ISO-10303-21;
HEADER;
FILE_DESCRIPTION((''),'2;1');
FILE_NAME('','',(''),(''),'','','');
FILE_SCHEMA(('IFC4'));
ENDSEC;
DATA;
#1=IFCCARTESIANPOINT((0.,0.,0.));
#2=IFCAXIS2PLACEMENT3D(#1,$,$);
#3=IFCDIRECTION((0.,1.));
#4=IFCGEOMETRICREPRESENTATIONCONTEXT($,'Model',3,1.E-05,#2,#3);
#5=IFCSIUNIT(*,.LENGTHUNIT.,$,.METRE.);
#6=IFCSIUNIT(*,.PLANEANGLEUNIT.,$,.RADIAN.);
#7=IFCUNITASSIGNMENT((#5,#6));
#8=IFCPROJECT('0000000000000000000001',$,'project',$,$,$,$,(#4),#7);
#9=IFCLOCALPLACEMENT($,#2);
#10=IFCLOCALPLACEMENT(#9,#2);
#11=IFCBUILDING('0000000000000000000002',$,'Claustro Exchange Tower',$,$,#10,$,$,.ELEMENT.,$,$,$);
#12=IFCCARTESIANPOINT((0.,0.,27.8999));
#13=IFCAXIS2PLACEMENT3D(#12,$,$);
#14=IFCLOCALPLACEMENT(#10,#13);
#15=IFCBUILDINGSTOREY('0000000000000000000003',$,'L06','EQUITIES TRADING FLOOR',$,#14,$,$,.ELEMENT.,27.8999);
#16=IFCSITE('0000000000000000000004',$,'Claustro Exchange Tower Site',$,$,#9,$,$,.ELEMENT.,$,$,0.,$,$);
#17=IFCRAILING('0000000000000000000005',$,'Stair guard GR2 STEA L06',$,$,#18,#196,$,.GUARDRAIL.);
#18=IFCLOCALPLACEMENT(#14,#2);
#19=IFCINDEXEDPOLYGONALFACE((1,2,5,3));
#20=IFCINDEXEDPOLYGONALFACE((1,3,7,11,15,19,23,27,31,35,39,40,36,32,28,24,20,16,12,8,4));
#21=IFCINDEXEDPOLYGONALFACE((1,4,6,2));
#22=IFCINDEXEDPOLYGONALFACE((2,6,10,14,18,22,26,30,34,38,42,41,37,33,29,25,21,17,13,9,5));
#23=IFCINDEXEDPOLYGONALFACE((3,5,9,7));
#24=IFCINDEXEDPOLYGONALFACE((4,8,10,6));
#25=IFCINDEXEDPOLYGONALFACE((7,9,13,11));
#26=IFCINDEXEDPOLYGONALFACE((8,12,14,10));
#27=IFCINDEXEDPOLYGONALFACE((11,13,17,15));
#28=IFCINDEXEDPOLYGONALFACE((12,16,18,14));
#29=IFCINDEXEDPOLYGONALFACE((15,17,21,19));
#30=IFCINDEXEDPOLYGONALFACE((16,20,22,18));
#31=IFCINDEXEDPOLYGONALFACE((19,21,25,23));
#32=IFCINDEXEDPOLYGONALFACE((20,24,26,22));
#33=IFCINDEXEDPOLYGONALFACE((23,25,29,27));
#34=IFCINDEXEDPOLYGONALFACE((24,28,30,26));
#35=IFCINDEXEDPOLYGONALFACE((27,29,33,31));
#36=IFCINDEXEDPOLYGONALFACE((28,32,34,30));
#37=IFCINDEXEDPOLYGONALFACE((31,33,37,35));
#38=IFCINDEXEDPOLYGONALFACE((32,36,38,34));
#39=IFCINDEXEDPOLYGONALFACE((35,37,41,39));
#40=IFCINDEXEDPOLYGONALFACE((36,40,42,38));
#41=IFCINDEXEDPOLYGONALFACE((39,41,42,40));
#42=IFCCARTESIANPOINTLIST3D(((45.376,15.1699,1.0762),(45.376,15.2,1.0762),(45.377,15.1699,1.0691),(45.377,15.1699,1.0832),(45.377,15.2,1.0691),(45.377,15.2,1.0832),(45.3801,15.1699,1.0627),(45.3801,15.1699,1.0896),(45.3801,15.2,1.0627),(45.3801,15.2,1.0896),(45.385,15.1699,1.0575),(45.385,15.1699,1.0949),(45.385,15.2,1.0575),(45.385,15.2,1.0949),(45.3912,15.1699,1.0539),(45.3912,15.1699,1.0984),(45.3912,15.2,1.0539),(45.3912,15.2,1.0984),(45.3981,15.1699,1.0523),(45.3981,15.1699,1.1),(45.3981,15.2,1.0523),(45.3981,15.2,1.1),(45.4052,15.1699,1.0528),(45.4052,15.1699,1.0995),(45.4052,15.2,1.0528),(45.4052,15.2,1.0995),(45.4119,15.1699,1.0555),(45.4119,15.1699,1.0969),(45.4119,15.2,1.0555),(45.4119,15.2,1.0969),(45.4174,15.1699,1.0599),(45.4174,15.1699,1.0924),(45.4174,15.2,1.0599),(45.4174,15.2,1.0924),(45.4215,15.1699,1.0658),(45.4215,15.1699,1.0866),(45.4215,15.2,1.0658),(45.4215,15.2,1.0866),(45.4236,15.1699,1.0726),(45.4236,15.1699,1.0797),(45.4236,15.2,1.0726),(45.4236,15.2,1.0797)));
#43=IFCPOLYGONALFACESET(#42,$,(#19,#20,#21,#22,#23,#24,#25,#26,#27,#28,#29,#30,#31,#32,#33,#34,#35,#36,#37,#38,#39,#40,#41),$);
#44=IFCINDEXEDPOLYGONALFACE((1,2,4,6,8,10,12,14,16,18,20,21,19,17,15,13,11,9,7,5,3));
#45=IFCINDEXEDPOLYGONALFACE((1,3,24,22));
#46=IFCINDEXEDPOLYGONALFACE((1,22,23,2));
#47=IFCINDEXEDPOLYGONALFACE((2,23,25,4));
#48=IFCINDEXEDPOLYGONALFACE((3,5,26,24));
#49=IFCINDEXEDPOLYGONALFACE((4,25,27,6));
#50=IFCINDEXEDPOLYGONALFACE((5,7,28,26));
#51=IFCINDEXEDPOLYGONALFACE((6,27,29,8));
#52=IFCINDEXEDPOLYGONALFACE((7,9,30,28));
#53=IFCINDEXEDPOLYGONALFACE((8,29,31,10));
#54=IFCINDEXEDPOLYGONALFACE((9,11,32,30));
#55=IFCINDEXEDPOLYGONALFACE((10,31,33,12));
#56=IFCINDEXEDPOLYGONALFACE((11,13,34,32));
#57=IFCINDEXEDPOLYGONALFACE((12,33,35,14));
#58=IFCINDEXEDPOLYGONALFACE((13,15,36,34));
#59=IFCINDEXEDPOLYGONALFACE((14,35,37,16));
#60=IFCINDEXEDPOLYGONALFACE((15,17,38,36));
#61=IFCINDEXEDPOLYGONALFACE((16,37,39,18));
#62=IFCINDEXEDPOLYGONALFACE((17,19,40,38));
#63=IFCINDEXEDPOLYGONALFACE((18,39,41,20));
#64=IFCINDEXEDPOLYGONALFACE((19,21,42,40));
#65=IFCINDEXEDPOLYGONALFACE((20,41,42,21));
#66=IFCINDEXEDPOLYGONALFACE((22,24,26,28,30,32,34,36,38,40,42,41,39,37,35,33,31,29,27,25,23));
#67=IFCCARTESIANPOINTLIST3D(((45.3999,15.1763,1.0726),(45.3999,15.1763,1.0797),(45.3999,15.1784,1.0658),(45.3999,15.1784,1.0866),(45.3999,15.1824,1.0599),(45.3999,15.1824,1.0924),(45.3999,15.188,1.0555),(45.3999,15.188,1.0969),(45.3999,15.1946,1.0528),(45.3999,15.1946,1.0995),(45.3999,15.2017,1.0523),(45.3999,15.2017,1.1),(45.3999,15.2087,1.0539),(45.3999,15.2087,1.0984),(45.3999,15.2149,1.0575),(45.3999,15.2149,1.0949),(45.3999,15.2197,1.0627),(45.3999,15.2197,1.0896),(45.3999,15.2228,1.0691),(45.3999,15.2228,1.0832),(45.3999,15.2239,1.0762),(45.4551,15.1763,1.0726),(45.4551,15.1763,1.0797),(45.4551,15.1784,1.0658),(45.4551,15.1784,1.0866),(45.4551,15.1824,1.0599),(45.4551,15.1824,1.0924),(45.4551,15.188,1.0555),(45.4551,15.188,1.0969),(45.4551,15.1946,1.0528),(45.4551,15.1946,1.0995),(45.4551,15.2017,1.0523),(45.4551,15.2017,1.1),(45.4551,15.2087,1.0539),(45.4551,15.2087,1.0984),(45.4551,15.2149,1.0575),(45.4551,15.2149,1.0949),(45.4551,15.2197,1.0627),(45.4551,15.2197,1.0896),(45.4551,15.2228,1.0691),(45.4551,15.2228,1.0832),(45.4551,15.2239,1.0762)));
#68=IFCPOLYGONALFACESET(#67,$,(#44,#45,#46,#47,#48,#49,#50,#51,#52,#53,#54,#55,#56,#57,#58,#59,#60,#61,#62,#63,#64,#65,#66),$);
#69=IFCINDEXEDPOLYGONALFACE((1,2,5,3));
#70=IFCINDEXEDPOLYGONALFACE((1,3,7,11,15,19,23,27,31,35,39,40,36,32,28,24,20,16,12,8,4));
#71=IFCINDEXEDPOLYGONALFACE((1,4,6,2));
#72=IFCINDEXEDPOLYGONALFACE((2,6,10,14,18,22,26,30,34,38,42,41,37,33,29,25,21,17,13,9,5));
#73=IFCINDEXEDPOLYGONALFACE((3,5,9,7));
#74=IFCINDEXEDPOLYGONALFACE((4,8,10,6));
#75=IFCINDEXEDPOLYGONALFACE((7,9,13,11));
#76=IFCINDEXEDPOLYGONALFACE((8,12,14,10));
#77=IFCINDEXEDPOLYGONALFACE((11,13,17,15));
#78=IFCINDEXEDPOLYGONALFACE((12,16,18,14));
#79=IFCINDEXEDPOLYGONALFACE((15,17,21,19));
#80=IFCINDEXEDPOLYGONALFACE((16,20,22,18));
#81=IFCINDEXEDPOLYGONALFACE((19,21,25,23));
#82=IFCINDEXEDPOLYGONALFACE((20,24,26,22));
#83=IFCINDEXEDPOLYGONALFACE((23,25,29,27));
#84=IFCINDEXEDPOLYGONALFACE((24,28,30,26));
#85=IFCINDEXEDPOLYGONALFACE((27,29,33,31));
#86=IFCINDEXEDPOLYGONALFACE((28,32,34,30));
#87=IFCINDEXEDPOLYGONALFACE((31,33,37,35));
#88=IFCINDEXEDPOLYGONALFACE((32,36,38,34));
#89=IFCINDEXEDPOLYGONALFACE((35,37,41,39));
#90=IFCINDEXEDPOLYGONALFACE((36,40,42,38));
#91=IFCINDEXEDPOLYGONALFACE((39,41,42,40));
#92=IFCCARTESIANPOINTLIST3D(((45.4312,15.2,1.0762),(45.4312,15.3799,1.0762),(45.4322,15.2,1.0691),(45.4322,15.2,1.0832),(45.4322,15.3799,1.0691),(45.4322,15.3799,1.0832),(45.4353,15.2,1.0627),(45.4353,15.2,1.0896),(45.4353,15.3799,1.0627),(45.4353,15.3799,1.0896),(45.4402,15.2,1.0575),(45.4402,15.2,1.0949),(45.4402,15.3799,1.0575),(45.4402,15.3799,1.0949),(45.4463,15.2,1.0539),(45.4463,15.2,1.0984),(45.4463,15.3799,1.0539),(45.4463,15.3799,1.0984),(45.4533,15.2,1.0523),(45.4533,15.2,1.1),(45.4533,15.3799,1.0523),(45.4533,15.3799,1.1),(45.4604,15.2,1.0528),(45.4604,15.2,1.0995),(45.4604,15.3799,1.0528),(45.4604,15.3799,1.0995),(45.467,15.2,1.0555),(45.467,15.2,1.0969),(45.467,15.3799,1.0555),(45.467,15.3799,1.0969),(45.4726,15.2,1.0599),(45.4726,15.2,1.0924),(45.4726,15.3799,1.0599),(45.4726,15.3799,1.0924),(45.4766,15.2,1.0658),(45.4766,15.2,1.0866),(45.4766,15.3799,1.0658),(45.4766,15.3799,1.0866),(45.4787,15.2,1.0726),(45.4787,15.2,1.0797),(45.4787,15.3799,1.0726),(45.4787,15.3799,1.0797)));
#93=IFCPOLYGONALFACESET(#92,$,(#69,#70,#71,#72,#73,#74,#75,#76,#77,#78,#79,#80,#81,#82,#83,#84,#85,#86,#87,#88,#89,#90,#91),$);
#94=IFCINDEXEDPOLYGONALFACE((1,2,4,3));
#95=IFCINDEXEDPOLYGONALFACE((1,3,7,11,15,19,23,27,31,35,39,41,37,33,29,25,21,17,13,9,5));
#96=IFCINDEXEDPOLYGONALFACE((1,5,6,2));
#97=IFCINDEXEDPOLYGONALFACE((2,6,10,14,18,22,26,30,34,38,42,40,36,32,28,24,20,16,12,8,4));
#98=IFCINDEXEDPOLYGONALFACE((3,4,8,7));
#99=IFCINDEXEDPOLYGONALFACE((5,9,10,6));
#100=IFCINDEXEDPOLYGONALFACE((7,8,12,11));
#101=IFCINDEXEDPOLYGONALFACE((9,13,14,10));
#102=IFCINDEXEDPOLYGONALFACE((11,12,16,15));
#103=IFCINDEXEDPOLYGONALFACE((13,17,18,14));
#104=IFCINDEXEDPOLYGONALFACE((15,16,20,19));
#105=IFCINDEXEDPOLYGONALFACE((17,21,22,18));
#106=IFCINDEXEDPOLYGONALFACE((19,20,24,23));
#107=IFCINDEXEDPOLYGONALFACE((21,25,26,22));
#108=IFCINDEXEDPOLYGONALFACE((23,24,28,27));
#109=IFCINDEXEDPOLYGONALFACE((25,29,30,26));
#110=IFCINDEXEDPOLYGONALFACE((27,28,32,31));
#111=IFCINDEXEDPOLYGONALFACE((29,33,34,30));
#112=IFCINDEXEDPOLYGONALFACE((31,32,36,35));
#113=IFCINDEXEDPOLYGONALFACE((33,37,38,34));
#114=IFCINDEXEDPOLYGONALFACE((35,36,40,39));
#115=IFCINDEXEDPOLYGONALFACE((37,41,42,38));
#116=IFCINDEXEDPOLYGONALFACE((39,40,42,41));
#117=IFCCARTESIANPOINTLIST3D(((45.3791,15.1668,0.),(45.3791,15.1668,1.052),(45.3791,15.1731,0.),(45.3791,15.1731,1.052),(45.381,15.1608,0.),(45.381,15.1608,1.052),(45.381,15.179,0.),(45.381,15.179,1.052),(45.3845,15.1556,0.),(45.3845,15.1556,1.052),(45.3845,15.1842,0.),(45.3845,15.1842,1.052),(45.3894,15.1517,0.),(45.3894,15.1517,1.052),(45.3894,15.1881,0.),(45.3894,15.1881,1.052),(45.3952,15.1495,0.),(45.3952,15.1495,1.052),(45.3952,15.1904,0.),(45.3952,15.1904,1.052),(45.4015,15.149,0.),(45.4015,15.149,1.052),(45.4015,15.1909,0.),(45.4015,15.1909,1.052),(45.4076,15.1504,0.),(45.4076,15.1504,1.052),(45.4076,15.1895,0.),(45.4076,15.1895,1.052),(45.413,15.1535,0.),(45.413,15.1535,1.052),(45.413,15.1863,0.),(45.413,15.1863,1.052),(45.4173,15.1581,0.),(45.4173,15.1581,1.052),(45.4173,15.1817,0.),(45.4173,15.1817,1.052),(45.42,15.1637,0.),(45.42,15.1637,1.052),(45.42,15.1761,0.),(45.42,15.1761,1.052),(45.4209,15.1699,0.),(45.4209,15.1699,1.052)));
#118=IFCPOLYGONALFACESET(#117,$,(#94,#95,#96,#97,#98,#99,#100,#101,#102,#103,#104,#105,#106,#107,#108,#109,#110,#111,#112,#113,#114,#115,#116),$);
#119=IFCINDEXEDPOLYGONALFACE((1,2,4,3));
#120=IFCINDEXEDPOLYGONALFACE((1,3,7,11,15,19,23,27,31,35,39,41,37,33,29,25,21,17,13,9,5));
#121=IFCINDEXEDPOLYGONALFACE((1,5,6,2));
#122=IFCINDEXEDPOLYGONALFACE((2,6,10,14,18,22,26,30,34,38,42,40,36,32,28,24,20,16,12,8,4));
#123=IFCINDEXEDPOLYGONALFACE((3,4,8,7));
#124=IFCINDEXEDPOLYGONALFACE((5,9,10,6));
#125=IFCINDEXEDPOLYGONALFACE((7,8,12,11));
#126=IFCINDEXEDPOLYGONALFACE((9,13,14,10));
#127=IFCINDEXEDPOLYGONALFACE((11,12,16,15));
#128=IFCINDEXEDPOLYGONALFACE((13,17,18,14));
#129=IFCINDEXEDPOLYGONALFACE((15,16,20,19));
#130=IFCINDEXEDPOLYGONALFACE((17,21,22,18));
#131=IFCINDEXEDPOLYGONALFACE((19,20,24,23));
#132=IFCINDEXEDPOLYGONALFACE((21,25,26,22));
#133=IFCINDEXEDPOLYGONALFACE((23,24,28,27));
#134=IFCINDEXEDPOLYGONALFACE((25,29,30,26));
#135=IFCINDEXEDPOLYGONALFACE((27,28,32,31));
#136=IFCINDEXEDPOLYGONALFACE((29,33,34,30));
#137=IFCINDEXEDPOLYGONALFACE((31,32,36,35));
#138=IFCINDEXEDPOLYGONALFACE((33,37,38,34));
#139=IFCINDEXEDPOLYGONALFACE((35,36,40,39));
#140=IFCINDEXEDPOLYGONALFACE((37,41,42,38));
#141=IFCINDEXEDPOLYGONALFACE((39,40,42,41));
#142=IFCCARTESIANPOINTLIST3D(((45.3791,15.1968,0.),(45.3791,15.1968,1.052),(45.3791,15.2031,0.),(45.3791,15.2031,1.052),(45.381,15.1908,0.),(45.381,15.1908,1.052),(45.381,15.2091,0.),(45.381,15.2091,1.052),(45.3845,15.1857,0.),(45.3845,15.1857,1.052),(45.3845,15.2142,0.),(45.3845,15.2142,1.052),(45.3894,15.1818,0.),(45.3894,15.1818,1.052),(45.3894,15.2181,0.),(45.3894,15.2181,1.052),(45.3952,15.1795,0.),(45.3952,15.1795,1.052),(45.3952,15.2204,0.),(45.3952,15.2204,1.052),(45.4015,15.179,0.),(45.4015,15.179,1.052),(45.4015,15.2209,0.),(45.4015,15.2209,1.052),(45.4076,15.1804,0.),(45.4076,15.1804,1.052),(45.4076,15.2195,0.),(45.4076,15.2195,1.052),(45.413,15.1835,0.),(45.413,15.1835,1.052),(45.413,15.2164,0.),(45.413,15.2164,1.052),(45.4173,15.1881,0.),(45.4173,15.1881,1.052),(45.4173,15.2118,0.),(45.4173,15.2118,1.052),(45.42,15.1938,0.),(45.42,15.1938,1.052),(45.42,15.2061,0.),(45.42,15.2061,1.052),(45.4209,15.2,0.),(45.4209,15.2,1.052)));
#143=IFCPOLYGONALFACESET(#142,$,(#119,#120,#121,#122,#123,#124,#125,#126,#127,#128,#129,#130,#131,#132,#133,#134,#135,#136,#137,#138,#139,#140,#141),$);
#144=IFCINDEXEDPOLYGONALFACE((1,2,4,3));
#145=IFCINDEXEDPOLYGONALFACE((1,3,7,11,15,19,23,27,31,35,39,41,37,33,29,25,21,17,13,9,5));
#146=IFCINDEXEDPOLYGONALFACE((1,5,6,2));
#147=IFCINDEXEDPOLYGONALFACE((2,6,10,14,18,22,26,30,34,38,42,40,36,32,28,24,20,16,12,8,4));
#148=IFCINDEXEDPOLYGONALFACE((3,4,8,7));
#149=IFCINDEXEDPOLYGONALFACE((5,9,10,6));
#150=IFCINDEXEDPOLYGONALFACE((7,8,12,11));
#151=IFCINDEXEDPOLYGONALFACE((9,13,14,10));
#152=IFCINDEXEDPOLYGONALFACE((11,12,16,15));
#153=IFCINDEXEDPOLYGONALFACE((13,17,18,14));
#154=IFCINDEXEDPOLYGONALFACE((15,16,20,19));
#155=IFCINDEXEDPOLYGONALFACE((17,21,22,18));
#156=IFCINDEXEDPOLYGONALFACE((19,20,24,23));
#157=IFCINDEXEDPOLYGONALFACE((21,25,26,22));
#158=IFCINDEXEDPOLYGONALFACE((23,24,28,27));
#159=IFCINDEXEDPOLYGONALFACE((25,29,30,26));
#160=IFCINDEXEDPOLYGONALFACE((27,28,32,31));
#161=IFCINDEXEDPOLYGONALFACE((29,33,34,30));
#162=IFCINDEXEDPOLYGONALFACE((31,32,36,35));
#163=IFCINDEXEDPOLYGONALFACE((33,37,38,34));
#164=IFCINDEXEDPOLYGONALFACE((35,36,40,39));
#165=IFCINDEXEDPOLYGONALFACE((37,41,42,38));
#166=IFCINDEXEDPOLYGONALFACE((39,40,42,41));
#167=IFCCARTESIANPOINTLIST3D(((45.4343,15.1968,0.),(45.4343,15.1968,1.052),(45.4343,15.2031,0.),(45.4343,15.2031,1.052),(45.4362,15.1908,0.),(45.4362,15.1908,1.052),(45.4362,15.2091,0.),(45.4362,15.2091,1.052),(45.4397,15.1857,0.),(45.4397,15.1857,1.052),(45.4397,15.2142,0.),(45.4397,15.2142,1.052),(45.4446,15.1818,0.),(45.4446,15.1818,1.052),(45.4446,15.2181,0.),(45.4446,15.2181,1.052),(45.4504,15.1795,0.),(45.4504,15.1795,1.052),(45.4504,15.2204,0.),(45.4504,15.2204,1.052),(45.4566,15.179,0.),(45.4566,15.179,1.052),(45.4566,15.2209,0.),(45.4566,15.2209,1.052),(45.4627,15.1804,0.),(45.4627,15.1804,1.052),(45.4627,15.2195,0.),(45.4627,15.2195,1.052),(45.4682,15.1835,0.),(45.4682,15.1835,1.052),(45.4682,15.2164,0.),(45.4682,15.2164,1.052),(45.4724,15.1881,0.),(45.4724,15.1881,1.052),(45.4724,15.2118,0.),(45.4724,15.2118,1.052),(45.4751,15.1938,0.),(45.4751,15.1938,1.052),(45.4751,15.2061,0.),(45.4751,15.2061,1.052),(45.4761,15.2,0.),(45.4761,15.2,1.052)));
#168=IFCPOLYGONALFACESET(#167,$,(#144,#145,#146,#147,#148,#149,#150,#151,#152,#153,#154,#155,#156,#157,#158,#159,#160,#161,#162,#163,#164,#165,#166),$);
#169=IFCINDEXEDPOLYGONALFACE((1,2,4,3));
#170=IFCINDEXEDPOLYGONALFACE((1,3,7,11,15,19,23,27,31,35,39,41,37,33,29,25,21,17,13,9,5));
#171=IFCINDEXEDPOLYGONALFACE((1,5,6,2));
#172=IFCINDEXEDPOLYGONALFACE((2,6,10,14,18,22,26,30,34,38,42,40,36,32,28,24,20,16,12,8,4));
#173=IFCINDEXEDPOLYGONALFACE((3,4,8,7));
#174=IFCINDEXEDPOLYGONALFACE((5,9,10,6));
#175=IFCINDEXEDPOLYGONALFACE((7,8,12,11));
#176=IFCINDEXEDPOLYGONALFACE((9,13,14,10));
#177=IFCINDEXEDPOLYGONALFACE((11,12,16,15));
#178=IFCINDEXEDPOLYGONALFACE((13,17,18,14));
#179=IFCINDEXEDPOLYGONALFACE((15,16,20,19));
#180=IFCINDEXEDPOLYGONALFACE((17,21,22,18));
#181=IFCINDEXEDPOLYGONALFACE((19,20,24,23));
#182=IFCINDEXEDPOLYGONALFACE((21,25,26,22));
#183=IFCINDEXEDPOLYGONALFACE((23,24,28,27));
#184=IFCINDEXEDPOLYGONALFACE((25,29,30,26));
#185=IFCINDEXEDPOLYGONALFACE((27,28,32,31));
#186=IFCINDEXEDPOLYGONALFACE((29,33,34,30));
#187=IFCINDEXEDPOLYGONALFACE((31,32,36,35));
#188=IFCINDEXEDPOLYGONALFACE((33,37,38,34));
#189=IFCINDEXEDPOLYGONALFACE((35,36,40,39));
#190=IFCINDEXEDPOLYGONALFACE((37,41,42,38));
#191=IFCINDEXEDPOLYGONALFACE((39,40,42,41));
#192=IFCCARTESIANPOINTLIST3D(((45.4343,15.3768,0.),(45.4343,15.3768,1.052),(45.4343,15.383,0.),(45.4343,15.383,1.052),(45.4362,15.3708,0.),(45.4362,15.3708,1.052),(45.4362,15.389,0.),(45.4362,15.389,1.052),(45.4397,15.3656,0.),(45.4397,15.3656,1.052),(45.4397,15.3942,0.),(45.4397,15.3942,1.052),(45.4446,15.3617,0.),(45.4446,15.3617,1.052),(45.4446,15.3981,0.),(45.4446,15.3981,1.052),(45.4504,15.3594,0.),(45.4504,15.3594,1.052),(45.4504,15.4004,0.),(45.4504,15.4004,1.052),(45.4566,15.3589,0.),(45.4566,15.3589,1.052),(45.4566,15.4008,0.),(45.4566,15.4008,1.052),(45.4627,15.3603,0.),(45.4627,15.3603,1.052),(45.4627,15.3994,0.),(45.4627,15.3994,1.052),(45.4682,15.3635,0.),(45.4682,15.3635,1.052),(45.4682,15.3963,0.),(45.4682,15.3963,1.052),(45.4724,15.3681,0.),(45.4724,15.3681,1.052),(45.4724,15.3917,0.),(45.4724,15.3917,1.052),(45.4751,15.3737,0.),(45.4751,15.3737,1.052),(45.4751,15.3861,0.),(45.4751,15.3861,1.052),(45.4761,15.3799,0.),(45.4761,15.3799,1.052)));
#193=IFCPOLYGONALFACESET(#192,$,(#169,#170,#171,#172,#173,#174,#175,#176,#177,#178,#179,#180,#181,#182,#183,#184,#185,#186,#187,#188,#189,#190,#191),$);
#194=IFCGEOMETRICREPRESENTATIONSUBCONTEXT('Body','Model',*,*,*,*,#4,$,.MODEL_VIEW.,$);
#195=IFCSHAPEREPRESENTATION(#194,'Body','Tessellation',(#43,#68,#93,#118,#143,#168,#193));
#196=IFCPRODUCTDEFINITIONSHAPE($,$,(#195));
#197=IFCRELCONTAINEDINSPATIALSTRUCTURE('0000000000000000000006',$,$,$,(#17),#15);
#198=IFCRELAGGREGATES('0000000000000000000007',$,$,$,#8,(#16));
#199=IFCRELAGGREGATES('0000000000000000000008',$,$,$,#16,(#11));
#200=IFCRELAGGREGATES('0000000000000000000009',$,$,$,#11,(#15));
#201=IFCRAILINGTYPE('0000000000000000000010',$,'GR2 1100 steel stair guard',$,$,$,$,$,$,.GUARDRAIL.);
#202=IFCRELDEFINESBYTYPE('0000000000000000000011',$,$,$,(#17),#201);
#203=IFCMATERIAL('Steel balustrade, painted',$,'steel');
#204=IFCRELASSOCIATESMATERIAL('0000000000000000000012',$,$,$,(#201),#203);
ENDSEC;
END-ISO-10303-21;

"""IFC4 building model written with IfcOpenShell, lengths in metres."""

from ifc_helpers import new_model, si_unit, direction, frame, origin, origin_2d, place, context, subcontext, project, spatial, circle, extrude, material, type_object, element, save


model = new_model("IFC4")

# Units and contexts
model_context = context("Model", 3, precision=1e-05, world=origin(), true_north=direction((0.0, 1.0)))
body_context = subcontext(model_context, "Body", "Model", "MODEL_VIEW")
ifc_project = project(units=[si_unit("LENGTHUNIT", "METRE"), si_unit("PLANEANGLEUNIT", "RADIAN")], contexts=[model_context])

# Site, building, storey
site_placement = place(None, origin())
site = spatial("IfcSite", under=ifc_project, at=site_placement, Name="Claustro Exchange Tower Site", CompositionType="ELEMENT", RefElevation=0.0)
building_placement = place(site_placement, origin())
building = spatial("IfcBuilding", under=site, at=building_placement, Name="Claustro Exchange Tower", CompositionType="ELEMENT")
storey_placement = place(building_placement, frame((0.0, 0.0, 27.8999)))
storey = spatial("IfcBuildingStorey", under=building, at=storey_placement, Name="L06", Description="EQUITIES TRADING FLOOR", CompositionType="ELEMENT", Elevation=27.8999)

# Railing
ifc_material_1 = material(Name="Steel balustrade, painted", Category="steel")
railing_type_1 = type_object("IfcRailingType", Name="GR2 1100 steel stair guard", PredefinedType="GUARDRAIL", material=ifc_material_1)
railing_1_placement = place(storey_placement, frame((45.3999, 15.1699, 0.0)))
element("IfcRailing", 1, at=railing_1_placement, inside=storey, type_object=railing_type_1, Name="Stair guard GR2 STEA L06", PredefinedType="GUARDRAIL", context=body_context, shape_type="SweptSolid", body=[
    extrude(circle(Radius=0.0239, at=origin_2d()), frame((0.0, 0.0, 1.0762), z_axis=(0.0, 1.0, 0.0), x_axis=(-1.0, 0.0, 0.0)), (0.0, 0.0, 1.0), 0.03),
    extrude(circle(Radius=0.0239, at=origin_2d()), frame((0.0, 0.03, 1.0762), z_axis=(1.0, 0.0, 0.0), x_axis=(0.0, 1.0, 0.0)), (0.0, 0.0, 1.0), 0.0552),
    extrude(circle(Radius=0.0239, at=origin_2d()), frame((0.0552, 0.03, 1.0762), z_axis=(0.0, 1.0, 0.0), x_axis=(-1.0, 0.0, 0.0)), (0.0, 0.0, 1.0), 0.1799),
    extrude(circle(Radius=0.021, at=origin_2d()), origin(), (0.0, 0.0, 1.0), 1.052),
    extrude(circle(Radius=0.021, at=origin_2d()), frame((0.0, 0.03, 0.0)), (0.0, 0.0, 1.0), 1.052),
    extrude(circle(Radius=0.021, at=origin_2d()), frame((0.0552, 0.03, 0.0)), (0.0, 0.0, 1.0), 1.052),
    extrude(circle(Radius=0.021, at=origin_2d()), frame((0.0552, 0.21, 0.0)), (0.0, 0.0, 1.0), 1.052),
])

save(model, "model.ifc")
